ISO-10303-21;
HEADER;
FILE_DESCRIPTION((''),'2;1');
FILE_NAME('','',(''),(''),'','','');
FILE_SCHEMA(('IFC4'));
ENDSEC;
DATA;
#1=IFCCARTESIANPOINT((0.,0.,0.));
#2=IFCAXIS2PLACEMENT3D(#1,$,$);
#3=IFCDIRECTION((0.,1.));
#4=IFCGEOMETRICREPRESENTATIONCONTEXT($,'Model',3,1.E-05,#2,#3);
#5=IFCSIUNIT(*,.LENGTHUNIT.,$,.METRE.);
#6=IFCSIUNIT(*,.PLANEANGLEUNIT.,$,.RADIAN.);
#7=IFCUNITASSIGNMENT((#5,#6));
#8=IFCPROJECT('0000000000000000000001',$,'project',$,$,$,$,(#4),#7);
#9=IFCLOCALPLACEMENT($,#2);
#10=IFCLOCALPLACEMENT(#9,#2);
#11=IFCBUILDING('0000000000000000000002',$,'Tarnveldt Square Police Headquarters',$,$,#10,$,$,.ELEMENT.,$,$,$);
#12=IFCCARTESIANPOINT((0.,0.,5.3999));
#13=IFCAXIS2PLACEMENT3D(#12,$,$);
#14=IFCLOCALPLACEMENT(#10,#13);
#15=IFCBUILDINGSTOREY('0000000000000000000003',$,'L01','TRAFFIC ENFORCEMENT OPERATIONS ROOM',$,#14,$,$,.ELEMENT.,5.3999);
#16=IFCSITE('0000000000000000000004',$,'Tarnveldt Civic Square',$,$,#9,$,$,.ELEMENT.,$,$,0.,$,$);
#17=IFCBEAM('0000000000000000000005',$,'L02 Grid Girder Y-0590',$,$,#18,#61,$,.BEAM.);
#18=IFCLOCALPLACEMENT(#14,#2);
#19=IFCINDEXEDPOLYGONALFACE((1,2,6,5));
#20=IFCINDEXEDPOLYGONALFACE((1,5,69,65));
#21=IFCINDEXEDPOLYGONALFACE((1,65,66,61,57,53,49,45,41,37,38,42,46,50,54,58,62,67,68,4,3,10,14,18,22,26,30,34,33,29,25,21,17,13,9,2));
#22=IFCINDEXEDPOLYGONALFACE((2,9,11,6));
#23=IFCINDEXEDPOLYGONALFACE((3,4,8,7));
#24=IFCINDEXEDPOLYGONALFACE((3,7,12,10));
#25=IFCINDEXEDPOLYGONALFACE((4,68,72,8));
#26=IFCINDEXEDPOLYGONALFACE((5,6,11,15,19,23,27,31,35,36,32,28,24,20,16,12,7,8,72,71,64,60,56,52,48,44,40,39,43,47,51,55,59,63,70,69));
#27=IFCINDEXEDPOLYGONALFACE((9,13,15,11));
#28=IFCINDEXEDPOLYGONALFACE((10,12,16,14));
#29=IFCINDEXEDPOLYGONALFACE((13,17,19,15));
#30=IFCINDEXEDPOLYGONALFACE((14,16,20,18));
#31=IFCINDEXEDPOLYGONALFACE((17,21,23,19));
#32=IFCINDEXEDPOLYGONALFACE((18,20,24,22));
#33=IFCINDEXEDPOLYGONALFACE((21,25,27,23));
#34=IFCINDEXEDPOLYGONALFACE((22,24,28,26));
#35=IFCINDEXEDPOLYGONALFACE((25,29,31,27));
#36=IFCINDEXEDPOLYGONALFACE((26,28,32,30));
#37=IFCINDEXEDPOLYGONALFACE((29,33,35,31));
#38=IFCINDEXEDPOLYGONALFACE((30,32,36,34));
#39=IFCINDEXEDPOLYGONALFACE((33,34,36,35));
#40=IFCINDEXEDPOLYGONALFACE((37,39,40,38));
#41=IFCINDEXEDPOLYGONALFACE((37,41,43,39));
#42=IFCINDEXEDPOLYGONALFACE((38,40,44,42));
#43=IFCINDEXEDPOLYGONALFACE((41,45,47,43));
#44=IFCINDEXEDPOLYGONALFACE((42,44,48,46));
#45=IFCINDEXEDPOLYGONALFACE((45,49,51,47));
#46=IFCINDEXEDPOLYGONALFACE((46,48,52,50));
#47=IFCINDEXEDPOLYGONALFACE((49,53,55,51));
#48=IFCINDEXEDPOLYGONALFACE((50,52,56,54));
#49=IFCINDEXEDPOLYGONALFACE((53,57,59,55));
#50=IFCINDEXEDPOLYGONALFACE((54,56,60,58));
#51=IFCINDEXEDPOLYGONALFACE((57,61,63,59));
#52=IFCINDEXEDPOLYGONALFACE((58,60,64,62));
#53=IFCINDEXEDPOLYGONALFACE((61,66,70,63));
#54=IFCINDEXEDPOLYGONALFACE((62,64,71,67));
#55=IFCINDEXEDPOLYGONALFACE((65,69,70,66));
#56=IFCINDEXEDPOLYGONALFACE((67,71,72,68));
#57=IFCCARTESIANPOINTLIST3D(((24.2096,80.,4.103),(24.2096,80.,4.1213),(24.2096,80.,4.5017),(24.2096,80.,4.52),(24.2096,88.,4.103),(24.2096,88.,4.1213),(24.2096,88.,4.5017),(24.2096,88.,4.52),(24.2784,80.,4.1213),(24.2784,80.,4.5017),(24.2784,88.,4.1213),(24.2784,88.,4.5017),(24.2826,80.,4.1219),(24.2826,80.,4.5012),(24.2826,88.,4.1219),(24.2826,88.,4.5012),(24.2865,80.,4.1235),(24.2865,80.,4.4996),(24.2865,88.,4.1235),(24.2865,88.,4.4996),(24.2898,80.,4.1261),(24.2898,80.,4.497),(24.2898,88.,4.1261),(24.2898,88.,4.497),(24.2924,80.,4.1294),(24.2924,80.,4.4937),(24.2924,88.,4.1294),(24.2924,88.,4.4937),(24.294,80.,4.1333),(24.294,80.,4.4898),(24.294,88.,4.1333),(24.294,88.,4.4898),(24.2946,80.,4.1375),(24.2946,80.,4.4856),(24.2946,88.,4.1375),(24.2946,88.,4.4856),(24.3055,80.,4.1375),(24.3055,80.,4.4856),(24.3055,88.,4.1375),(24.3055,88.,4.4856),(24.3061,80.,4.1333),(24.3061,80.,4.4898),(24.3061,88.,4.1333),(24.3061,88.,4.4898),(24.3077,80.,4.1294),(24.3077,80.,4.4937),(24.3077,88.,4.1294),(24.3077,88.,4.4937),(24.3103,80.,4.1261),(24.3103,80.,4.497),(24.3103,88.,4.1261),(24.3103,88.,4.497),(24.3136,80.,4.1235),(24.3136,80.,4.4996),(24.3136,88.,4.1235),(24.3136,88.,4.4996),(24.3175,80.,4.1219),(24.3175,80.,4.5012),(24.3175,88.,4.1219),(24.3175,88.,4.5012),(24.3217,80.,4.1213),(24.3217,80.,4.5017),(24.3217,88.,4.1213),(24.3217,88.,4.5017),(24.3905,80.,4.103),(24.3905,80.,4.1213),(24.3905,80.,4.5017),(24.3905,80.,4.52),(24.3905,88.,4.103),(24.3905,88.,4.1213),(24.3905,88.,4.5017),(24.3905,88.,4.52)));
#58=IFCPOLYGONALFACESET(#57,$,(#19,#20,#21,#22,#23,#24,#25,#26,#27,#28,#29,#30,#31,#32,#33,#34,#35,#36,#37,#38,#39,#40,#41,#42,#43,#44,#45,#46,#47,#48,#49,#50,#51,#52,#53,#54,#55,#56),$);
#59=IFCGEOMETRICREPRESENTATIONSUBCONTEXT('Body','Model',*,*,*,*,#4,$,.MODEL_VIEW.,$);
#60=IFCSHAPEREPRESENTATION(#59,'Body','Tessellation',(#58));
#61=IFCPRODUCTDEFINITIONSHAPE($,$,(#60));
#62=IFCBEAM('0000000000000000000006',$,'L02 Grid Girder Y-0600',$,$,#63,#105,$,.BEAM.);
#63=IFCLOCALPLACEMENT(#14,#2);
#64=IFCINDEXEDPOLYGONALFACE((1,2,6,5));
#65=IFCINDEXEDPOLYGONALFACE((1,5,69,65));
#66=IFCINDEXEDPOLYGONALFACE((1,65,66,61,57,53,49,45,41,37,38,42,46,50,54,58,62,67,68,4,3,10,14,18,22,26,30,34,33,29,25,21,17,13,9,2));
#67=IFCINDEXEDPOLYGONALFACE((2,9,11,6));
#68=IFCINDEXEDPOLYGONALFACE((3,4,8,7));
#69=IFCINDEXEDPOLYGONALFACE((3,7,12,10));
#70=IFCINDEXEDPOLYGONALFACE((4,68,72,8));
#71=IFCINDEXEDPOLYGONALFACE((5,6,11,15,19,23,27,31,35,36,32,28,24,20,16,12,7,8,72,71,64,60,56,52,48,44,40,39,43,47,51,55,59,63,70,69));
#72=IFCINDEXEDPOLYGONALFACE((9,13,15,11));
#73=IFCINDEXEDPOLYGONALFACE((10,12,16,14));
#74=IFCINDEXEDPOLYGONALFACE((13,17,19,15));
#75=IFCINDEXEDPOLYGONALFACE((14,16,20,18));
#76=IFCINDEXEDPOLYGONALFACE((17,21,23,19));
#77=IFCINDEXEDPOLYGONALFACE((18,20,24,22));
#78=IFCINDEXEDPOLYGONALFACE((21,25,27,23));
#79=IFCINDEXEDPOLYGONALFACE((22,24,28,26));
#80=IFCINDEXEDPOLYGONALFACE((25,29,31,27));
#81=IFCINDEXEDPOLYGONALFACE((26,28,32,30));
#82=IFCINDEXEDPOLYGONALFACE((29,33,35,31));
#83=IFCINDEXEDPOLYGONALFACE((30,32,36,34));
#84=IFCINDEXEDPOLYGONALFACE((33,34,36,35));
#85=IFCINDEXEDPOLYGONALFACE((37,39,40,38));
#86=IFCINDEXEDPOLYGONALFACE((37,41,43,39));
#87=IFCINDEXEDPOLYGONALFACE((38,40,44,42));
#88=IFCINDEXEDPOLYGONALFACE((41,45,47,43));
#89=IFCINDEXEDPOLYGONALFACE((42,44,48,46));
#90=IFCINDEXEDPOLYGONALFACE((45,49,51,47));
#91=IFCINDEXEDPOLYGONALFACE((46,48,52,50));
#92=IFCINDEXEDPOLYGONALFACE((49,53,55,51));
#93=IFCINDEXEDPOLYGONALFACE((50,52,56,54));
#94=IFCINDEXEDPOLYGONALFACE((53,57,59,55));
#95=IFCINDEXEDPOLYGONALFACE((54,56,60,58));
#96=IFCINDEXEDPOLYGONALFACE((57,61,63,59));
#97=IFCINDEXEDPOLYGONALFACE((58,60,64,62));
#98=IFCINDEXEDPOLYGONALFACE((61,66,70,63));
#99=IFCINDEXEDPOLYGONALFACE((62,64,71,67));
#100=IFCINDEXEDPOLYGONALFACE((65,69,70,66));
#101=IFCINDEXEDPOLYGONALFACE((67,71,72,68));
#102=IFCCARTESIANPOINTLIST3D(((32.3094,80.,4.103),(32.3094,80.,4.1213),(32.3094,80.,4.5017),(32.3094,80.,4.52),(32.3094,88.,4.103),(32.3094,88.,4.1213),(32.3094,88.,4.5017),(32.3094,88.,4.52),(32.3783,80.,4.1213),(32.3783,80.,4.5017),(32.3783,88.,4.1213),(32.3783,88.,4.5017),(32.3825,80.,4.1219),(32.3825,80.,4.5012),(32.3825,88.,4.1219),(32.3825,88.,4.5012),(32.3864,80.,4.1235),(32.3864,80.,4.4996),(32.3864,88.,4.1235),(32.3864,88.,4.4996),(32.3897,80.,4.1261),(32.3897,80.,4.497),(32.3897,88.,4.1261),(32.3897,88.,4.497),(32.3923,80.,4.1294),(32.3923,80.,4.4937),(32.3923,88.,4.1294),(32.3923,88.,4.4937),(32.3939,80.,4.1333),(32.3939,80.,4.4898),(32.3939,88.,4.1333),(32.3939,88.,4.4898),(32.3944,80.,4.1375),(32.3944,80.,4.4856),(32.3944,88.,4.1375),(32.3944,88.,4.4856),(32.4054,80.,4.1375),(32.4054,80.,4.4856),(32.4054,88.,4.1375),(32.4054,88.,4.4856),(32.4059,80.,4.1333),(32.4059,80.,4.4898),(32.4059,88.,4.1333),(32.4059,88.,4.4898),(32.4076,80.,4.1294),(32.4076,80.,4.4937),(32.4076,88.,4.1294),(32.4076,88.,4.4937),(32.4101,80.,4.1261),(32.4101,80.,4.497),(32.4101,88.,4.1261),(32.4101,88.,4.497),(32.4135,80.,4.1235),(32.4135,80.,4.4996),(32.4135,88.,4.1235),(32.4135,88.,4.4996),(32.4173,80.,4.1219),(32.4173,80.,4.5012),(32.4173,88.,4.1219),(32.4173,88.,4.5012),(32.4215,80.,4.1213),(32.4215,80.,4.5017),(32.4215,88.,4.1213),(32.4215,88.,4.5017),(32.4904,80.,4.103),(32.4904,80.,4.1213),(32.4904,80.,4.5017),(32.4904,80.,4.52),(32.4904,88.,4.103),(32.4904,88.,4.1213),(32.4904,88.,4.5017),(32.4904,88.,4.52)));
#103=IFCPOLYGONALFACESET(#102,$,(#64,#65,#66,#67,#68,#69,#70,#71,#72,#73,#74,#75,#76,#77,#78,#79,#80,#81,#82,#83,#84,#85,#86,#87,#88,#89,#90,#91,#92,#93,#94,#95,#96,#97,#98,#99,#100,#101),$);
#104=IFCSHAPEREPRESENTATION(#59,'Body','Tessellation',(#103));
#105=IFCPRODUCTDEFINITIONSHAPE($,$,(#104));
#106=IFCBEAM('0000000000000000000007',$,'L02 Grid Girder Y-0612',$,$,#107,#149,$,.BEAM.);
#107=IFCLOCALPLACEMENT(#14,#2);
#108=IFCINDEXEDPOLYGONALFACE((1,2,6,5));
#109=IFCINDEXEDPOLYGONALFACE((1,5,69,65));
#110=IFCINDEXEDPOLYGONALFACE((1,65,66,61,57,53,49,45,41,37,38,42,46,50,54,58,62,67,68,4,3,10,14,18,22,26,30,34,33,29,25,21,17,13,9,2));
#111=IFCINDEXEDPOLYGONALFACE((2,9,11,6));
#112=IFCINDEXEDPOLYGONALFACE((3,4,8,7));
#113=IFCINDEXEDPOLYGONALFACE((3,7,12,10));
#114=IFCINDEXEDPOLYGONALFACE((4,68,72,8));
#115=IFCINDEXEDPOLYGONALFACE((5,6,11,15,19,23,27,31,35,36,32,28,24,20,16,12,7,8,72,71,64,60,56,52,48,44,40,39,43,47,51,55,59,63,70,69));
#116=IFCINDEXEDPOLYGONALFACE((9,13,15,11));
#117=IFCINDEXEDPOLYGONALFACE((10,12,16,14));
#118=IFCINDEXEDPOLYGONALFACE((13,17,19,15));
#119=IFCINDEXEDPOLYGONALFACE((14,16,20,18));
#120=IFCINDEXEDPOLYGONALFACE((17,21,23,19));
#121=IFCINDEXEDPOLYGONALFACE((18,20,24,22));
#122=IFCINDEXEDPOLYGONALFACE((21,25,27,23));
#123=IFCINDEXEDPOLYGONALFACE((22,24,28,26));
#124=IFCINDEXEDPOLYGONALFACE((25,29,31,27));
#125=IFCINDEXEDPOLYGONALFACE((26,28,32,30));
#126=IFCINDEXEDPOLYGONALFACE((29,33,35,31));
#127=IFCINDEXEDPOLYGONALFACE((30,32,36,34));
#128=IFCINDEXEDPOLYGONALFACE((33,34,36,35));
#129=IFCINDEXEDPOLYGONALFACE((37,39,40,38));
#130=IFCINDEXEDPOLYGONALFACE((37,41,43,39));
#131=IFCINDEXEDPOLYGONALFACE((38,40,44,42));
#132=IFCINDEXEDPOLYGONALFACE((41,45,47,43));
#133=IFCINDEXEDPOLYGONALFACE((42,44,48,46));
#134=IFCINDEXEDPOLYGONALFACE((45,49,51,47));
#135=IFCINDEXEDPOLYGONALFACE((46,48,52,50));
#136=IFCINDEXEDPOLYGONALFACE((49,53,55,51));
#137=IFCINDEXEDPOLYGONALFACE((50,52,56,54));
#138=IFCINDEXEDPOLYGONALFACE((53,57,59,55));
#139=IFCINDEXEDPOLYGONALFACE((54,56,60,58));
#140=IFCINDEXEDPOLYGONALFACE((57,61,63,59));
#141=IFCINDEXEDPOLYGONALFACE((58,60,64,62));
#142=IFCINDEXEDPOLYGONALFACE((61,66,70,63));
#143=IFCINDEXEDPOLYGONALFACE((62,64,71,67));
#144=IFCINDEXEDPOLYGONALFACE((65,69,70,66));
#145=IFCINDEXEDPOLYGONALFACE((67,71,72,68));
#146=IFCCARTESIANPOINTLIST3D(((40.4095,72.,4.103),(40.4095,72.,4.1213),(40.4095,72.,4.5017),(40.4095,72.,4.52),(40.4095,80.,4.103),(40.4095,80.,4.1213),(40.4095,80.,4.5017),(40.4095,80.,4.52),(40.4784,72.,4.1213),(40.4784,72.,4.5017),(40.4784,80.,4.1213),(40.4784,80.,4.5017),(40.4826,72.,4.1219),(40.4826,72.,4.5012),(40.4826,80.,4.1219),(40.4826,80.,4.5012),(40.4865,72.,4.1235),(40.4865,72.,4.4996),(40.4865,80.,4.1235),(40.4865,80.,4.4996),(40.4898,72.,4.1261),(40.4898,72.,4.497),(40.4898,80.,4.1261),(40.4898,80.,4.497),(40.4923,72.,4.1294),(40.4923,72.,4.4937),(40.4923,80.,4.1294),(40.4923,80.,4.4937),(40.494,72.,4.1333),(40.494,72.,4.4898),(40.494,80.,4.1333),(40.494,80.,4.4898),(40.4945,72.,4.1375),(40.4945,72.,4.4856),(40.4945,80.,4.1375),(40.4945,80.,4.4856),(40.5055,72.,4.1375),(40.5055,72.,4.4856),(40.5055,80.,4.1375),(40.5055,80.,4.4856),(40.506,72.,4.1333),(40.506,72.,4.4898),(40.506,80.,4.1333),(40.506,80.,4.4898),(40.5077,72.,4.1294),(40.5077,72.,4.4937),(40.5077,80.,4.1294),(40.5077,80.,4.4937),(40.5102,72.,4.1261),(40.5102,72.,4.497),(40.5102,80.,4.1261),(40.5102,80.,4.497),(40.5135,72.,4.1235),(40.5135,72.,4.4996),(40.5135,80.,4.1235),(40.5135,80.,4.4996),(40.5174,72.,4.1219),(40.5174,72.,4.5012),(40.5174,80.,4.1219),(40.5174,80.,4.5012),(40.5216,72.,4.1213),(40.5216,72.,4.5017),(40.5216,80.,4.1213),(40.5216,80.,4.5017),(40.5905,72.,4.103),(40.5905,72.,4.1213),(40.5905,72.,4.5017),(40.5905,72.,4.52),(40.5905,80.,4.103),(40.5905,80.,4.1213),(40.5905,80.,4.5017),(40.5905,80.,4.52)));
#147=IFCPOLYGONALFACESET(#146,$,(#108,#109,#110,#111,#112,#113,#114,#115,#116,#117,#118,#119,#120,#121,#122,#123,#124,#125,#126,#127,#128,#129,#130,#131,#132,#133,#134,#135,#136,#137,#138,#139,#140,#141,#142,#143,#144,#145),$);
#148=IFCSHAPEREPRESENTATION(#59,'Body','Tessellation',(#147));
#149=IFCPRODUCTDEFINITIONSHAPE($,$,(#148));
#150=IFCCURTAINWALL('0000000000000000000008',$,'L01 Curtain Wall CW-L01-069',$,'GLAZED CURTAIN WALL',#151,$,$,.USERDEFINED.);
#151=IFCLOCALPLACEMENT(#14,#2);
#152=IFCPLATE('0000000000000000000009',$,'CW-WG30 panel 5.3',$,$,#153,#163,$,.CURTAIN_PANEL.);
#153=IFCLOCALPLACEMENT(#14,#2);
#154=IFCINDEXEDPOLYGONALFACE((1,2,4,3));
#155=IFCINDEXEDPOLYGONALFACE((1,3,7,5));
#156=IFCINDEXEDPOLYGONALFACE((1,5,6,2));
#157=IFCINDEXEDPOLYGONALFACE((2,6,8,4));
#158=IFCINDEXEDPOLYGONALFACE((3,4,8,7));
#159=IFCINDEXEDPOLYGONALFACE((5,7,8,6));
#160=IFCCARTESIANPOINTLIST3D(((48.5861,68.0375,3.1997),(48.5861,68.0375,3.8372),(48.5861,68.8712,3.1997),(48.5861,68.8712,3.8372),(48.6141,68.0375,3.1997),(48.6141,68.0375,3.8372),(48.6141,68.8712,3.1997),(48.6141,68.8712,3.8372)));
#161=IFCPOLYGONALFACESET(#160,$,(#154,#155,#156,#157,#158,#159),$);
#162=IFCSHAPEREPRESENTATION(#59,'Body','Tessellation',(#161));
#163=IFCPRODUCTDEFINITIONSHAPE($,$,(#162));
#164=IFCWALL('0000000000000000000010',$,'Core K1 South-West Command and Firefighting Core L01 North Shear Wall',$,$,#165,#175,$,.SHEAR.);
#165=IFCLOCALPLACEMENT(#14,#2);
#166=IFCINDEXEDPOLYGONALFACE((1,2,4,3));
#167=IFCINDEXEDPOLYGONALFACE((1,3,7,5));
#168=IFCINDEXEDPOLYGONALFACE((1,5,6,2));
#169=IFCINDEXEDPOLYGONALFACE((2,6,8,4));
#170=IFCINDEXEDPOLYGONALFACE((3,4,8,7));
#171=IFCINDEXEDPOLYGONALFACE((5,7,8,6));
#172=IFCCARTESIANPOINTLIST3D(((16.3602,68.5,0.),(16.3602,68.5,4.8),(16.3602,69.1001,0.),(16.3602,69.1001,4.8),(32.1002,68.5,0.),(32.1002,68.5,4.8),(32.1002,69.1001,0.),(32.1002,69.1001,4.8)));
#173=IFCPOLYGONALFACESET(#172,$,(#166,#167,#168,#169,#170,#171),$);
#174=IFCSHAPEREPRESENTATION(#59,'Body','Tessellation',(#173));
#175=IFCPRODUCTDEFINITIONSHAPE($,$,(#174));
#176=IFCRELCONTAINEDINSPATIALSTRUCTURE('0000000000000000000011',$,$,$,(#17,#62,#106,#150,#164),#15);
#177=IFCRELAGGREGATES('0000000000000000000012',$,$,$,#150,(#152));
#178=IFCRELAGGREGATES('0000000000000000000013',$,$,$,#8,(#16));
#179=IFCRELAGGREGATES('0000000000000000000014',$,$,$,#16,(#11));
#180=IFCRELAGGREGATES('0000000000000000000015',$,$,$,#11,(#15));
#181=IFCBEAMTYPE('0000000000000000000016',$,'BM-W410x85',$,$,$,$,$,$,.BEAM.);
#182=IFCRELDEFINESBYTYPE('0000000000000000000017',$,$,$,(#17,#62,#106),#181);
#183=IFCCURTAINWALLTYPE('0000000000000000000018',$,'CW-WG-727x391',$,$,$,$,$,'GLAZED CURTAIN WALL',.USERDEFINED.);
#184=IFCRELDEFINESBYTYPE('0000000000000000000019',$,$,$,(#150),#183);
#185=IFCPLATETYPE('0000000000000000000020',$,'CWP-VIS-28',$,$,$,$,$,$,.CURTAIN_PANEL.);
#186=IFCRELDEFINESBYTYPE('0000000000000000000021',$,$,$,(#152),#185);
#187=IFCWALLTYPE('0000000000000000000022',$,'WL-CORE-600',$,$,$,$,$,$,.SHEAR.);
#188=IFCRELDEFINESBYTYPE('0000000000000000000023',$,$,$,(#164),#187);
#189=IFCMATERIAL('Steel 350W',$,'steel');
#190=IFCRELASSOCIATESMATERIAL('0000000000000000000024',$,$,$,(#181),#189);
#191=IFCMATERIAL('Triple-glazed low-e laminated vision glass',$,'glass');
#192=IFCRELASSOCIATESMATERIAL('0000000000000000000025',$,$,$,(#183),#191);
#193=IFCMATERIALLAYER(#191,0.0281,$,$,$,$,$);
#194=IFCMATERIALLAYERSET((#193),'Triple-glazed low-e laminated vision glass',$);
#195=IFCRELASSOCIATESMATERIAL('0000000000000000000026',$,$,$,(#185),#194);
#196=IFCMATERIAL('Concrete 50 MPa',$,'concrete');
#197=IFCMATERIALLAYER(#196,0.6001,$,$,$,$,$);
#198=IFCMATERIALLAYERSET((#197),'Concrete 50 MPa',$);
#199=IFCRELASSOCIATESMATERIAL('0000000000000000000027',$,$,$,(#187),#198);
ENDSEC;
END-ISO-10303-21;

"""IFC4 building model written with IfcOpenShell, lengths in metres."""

from ifc_helpers import new_model, si_unit, direction, frame, frame_2d, origin, origin_2d, place, context, subcontext, project, spatial, rectangle, i_section, extrude, material, layer, layer_set, material_profile, profile_set, type_object, element, aggregate, save


model = new_model("IFC4")

# Units and contexts
model_context = context("Model", 3, precision=1e-05, world=origin(), true_north=direction((0.0, 1.0)))
body_context = subcontext(model_context, "Body", "Model", "MODEL_VIEW")
ifc_project = project(units=[si_unit("LENGTHUNIT", "METRE"), si_unit("PLANEANGLEUNIT", "RADIAN")], contexts=[model_context])

# Site, building, storey
site_placement = place(None, origin())
site = spatial("IfcSite", under=ifc_project, at=site_placement, Name="Tarnveldt Civic Square", CompositionType="ELEMENT", RefElevation=0.0)
building_placement = place(site_placement, origin())
building = spatial("IfcBuilding", under=site, at=building_placement, Name="Tarnveldt Square Police Headquarters", CompositionType="ELEMENT")
storey_placement = place(building_placement, frame((0.0, 0.0, 5.3999)))
storey = spatial("IfcBuildingStorey", under=building, at=storey_placement, Name="L01", Description="TRAFFIC ENFORCEMENT OPERATIONS ROOM", CompositionType="ELEMENT", Elevation=5.3999)

# Shared definitions
ifc_material_1 = material(Name="Concrete 50 MPa", Category="concrete")

# Beams
ifc_material_2 = material(Name="Steel 350W", Category="steel")
ifc_material_profile_1 = material_profile(ifc_material_2, i_section(OverallWidth=0.1809, OverallDepth=0.417, WebThickness=0.011, FlangeThickness=0.0183, FilletRadius=0.0161, at=origin_2d()), Name="W410x85")
ifc_profile_set_1 = profile_set([ifc_material_profile_1], Name="Steel 350W")
beam_type_1 = type_object("IfcBeamType", Name="BM-W410x85", PredefinedType="BEAM", material=ifc_profile_set_1)
for number, where, z_axis, x_axis, name in (
    (1, (24.3, 80.0, 4.3115), (0.0, 1.0, 0.0), (-1.0, 0.0, 0.0), "L02 Grid Girder Y-0590"),
    (2, (32.3999, 80.0, 4.3115), (0.0, 1.0, 0.0), (-1.0, 0.0, 0.0), "L02 Grid Girder Y-0600"),
    (3, (40.5, 72.0, 4.3115), (0.0, 1.0, 0.0), (-1.0, 0.0, 0.0), "L02 Grid Girder Y-0612"),
):
    element("IfcBeam", number, at=place(storey_placement, frame(where, z_axis=z_axis, x_axis=x_axis)), inside=storey, type_object=beam_type_1, Name=name, PredefinedType="BEAM", context=body_context, shape_type="SweptSolid", body=[
        extrude(i_section(OverallWidth=0.1809, OverallDepth=0.417, WebThickness=0.011, FlangeThickness=0.0183, FilletRadius=0.0161, at=origin_2d()), origin(), (0.0, 0.0, 1.0), 8.0),
    ])

# Curtain wall, plate
ifc_material_3 = material(Name="Triple-glazed low-e laminated vision glass", Category="glass")
curtain_wall_type = type_object("IfcCurtainWallType", Name="CW-WG-727x391", ElementType="GLAZED CURTAIN WALL", PredefinedType="USERDEFINED", material=ifc_material_3)
curtain_wall_placement = place(storey_placement, origin())
curtain_wall = element("IfcCurtainWall", 4, at=curtain_wall_placement, inside=storey, type_object=curtain_wall_type, Name="L01 Curtain Wall CW-L01-069", ObjectType="GLAZED CURTAIN WALL", PredefinedType="USERDEFINED")
ifc_layer_1 = layer(ifc_material_3, 0.0281)
ifc_layer_set_1 = layer_set([ifc_layer_1], Name="Triple-glazed low-e laminated vision glass")
plate_type = type_object("IfcPlateType", Name="CWP-VIS-28", PredefinedType="CURTAIN_PANEL", material=ifc_layer_set_1)
plate_placement = place(storey_placement, frame((48.6001, 68.4543, 3.1997), z_axis=(0.0, 0.0, 1.0), x_axis=(0.0, 1.0, 0.0)))
plate = element("IfcPlate", 5, at=plate_placement, type_object=plate_type, Name="CW-WG30 panel 5.3", PredefinedType="CURTAIN_PANEL", context=body_context, shape_type="SweptSolid", body=[
    extrude(rectangle(XDim=0.8337, YDim=0.0281, at=origin_2d()), origin(), (0.0, 0.0, 1.0), 0.6375),
])
aggregate(curtain_wall, [plate])

# Wall
ifc_layer_2 = layer(ifc_material_1, 0.6001)
ifc_layer_set_2 = layer_set([ifc_layer_2], Name="Concrete 50 MPa")
wall_type_1 = type_object("IfcWallType", Name="WL-CORE-600", PredefinedType="SHEAR", material=ifc_layer_set_2)
wall_1_placement = place(storey_placement, frame((16.3601, 68.8, 0.0), z_axis=(0.0, 0.0, 1.0), x_axis=(1.0, 0.0, 0.0)))
element("IfcWall", 6, at=wall_1_placement, inside=storey, type_object=wall_type_1, Name="Core K1 South-West Command and Firefighting Core L01 North Shear Wall", PredefinedType="SHEAR", context=body_context, shape_type="SweptSolid", body=[
    extrude(rectangle(XDim=15.74, YDim=0.6001, at=frame_2d((7.8701, 0.0))), origin(), (0.0, 0.0, 1.0), 4.8),
])

save(model, "model.ifc")
